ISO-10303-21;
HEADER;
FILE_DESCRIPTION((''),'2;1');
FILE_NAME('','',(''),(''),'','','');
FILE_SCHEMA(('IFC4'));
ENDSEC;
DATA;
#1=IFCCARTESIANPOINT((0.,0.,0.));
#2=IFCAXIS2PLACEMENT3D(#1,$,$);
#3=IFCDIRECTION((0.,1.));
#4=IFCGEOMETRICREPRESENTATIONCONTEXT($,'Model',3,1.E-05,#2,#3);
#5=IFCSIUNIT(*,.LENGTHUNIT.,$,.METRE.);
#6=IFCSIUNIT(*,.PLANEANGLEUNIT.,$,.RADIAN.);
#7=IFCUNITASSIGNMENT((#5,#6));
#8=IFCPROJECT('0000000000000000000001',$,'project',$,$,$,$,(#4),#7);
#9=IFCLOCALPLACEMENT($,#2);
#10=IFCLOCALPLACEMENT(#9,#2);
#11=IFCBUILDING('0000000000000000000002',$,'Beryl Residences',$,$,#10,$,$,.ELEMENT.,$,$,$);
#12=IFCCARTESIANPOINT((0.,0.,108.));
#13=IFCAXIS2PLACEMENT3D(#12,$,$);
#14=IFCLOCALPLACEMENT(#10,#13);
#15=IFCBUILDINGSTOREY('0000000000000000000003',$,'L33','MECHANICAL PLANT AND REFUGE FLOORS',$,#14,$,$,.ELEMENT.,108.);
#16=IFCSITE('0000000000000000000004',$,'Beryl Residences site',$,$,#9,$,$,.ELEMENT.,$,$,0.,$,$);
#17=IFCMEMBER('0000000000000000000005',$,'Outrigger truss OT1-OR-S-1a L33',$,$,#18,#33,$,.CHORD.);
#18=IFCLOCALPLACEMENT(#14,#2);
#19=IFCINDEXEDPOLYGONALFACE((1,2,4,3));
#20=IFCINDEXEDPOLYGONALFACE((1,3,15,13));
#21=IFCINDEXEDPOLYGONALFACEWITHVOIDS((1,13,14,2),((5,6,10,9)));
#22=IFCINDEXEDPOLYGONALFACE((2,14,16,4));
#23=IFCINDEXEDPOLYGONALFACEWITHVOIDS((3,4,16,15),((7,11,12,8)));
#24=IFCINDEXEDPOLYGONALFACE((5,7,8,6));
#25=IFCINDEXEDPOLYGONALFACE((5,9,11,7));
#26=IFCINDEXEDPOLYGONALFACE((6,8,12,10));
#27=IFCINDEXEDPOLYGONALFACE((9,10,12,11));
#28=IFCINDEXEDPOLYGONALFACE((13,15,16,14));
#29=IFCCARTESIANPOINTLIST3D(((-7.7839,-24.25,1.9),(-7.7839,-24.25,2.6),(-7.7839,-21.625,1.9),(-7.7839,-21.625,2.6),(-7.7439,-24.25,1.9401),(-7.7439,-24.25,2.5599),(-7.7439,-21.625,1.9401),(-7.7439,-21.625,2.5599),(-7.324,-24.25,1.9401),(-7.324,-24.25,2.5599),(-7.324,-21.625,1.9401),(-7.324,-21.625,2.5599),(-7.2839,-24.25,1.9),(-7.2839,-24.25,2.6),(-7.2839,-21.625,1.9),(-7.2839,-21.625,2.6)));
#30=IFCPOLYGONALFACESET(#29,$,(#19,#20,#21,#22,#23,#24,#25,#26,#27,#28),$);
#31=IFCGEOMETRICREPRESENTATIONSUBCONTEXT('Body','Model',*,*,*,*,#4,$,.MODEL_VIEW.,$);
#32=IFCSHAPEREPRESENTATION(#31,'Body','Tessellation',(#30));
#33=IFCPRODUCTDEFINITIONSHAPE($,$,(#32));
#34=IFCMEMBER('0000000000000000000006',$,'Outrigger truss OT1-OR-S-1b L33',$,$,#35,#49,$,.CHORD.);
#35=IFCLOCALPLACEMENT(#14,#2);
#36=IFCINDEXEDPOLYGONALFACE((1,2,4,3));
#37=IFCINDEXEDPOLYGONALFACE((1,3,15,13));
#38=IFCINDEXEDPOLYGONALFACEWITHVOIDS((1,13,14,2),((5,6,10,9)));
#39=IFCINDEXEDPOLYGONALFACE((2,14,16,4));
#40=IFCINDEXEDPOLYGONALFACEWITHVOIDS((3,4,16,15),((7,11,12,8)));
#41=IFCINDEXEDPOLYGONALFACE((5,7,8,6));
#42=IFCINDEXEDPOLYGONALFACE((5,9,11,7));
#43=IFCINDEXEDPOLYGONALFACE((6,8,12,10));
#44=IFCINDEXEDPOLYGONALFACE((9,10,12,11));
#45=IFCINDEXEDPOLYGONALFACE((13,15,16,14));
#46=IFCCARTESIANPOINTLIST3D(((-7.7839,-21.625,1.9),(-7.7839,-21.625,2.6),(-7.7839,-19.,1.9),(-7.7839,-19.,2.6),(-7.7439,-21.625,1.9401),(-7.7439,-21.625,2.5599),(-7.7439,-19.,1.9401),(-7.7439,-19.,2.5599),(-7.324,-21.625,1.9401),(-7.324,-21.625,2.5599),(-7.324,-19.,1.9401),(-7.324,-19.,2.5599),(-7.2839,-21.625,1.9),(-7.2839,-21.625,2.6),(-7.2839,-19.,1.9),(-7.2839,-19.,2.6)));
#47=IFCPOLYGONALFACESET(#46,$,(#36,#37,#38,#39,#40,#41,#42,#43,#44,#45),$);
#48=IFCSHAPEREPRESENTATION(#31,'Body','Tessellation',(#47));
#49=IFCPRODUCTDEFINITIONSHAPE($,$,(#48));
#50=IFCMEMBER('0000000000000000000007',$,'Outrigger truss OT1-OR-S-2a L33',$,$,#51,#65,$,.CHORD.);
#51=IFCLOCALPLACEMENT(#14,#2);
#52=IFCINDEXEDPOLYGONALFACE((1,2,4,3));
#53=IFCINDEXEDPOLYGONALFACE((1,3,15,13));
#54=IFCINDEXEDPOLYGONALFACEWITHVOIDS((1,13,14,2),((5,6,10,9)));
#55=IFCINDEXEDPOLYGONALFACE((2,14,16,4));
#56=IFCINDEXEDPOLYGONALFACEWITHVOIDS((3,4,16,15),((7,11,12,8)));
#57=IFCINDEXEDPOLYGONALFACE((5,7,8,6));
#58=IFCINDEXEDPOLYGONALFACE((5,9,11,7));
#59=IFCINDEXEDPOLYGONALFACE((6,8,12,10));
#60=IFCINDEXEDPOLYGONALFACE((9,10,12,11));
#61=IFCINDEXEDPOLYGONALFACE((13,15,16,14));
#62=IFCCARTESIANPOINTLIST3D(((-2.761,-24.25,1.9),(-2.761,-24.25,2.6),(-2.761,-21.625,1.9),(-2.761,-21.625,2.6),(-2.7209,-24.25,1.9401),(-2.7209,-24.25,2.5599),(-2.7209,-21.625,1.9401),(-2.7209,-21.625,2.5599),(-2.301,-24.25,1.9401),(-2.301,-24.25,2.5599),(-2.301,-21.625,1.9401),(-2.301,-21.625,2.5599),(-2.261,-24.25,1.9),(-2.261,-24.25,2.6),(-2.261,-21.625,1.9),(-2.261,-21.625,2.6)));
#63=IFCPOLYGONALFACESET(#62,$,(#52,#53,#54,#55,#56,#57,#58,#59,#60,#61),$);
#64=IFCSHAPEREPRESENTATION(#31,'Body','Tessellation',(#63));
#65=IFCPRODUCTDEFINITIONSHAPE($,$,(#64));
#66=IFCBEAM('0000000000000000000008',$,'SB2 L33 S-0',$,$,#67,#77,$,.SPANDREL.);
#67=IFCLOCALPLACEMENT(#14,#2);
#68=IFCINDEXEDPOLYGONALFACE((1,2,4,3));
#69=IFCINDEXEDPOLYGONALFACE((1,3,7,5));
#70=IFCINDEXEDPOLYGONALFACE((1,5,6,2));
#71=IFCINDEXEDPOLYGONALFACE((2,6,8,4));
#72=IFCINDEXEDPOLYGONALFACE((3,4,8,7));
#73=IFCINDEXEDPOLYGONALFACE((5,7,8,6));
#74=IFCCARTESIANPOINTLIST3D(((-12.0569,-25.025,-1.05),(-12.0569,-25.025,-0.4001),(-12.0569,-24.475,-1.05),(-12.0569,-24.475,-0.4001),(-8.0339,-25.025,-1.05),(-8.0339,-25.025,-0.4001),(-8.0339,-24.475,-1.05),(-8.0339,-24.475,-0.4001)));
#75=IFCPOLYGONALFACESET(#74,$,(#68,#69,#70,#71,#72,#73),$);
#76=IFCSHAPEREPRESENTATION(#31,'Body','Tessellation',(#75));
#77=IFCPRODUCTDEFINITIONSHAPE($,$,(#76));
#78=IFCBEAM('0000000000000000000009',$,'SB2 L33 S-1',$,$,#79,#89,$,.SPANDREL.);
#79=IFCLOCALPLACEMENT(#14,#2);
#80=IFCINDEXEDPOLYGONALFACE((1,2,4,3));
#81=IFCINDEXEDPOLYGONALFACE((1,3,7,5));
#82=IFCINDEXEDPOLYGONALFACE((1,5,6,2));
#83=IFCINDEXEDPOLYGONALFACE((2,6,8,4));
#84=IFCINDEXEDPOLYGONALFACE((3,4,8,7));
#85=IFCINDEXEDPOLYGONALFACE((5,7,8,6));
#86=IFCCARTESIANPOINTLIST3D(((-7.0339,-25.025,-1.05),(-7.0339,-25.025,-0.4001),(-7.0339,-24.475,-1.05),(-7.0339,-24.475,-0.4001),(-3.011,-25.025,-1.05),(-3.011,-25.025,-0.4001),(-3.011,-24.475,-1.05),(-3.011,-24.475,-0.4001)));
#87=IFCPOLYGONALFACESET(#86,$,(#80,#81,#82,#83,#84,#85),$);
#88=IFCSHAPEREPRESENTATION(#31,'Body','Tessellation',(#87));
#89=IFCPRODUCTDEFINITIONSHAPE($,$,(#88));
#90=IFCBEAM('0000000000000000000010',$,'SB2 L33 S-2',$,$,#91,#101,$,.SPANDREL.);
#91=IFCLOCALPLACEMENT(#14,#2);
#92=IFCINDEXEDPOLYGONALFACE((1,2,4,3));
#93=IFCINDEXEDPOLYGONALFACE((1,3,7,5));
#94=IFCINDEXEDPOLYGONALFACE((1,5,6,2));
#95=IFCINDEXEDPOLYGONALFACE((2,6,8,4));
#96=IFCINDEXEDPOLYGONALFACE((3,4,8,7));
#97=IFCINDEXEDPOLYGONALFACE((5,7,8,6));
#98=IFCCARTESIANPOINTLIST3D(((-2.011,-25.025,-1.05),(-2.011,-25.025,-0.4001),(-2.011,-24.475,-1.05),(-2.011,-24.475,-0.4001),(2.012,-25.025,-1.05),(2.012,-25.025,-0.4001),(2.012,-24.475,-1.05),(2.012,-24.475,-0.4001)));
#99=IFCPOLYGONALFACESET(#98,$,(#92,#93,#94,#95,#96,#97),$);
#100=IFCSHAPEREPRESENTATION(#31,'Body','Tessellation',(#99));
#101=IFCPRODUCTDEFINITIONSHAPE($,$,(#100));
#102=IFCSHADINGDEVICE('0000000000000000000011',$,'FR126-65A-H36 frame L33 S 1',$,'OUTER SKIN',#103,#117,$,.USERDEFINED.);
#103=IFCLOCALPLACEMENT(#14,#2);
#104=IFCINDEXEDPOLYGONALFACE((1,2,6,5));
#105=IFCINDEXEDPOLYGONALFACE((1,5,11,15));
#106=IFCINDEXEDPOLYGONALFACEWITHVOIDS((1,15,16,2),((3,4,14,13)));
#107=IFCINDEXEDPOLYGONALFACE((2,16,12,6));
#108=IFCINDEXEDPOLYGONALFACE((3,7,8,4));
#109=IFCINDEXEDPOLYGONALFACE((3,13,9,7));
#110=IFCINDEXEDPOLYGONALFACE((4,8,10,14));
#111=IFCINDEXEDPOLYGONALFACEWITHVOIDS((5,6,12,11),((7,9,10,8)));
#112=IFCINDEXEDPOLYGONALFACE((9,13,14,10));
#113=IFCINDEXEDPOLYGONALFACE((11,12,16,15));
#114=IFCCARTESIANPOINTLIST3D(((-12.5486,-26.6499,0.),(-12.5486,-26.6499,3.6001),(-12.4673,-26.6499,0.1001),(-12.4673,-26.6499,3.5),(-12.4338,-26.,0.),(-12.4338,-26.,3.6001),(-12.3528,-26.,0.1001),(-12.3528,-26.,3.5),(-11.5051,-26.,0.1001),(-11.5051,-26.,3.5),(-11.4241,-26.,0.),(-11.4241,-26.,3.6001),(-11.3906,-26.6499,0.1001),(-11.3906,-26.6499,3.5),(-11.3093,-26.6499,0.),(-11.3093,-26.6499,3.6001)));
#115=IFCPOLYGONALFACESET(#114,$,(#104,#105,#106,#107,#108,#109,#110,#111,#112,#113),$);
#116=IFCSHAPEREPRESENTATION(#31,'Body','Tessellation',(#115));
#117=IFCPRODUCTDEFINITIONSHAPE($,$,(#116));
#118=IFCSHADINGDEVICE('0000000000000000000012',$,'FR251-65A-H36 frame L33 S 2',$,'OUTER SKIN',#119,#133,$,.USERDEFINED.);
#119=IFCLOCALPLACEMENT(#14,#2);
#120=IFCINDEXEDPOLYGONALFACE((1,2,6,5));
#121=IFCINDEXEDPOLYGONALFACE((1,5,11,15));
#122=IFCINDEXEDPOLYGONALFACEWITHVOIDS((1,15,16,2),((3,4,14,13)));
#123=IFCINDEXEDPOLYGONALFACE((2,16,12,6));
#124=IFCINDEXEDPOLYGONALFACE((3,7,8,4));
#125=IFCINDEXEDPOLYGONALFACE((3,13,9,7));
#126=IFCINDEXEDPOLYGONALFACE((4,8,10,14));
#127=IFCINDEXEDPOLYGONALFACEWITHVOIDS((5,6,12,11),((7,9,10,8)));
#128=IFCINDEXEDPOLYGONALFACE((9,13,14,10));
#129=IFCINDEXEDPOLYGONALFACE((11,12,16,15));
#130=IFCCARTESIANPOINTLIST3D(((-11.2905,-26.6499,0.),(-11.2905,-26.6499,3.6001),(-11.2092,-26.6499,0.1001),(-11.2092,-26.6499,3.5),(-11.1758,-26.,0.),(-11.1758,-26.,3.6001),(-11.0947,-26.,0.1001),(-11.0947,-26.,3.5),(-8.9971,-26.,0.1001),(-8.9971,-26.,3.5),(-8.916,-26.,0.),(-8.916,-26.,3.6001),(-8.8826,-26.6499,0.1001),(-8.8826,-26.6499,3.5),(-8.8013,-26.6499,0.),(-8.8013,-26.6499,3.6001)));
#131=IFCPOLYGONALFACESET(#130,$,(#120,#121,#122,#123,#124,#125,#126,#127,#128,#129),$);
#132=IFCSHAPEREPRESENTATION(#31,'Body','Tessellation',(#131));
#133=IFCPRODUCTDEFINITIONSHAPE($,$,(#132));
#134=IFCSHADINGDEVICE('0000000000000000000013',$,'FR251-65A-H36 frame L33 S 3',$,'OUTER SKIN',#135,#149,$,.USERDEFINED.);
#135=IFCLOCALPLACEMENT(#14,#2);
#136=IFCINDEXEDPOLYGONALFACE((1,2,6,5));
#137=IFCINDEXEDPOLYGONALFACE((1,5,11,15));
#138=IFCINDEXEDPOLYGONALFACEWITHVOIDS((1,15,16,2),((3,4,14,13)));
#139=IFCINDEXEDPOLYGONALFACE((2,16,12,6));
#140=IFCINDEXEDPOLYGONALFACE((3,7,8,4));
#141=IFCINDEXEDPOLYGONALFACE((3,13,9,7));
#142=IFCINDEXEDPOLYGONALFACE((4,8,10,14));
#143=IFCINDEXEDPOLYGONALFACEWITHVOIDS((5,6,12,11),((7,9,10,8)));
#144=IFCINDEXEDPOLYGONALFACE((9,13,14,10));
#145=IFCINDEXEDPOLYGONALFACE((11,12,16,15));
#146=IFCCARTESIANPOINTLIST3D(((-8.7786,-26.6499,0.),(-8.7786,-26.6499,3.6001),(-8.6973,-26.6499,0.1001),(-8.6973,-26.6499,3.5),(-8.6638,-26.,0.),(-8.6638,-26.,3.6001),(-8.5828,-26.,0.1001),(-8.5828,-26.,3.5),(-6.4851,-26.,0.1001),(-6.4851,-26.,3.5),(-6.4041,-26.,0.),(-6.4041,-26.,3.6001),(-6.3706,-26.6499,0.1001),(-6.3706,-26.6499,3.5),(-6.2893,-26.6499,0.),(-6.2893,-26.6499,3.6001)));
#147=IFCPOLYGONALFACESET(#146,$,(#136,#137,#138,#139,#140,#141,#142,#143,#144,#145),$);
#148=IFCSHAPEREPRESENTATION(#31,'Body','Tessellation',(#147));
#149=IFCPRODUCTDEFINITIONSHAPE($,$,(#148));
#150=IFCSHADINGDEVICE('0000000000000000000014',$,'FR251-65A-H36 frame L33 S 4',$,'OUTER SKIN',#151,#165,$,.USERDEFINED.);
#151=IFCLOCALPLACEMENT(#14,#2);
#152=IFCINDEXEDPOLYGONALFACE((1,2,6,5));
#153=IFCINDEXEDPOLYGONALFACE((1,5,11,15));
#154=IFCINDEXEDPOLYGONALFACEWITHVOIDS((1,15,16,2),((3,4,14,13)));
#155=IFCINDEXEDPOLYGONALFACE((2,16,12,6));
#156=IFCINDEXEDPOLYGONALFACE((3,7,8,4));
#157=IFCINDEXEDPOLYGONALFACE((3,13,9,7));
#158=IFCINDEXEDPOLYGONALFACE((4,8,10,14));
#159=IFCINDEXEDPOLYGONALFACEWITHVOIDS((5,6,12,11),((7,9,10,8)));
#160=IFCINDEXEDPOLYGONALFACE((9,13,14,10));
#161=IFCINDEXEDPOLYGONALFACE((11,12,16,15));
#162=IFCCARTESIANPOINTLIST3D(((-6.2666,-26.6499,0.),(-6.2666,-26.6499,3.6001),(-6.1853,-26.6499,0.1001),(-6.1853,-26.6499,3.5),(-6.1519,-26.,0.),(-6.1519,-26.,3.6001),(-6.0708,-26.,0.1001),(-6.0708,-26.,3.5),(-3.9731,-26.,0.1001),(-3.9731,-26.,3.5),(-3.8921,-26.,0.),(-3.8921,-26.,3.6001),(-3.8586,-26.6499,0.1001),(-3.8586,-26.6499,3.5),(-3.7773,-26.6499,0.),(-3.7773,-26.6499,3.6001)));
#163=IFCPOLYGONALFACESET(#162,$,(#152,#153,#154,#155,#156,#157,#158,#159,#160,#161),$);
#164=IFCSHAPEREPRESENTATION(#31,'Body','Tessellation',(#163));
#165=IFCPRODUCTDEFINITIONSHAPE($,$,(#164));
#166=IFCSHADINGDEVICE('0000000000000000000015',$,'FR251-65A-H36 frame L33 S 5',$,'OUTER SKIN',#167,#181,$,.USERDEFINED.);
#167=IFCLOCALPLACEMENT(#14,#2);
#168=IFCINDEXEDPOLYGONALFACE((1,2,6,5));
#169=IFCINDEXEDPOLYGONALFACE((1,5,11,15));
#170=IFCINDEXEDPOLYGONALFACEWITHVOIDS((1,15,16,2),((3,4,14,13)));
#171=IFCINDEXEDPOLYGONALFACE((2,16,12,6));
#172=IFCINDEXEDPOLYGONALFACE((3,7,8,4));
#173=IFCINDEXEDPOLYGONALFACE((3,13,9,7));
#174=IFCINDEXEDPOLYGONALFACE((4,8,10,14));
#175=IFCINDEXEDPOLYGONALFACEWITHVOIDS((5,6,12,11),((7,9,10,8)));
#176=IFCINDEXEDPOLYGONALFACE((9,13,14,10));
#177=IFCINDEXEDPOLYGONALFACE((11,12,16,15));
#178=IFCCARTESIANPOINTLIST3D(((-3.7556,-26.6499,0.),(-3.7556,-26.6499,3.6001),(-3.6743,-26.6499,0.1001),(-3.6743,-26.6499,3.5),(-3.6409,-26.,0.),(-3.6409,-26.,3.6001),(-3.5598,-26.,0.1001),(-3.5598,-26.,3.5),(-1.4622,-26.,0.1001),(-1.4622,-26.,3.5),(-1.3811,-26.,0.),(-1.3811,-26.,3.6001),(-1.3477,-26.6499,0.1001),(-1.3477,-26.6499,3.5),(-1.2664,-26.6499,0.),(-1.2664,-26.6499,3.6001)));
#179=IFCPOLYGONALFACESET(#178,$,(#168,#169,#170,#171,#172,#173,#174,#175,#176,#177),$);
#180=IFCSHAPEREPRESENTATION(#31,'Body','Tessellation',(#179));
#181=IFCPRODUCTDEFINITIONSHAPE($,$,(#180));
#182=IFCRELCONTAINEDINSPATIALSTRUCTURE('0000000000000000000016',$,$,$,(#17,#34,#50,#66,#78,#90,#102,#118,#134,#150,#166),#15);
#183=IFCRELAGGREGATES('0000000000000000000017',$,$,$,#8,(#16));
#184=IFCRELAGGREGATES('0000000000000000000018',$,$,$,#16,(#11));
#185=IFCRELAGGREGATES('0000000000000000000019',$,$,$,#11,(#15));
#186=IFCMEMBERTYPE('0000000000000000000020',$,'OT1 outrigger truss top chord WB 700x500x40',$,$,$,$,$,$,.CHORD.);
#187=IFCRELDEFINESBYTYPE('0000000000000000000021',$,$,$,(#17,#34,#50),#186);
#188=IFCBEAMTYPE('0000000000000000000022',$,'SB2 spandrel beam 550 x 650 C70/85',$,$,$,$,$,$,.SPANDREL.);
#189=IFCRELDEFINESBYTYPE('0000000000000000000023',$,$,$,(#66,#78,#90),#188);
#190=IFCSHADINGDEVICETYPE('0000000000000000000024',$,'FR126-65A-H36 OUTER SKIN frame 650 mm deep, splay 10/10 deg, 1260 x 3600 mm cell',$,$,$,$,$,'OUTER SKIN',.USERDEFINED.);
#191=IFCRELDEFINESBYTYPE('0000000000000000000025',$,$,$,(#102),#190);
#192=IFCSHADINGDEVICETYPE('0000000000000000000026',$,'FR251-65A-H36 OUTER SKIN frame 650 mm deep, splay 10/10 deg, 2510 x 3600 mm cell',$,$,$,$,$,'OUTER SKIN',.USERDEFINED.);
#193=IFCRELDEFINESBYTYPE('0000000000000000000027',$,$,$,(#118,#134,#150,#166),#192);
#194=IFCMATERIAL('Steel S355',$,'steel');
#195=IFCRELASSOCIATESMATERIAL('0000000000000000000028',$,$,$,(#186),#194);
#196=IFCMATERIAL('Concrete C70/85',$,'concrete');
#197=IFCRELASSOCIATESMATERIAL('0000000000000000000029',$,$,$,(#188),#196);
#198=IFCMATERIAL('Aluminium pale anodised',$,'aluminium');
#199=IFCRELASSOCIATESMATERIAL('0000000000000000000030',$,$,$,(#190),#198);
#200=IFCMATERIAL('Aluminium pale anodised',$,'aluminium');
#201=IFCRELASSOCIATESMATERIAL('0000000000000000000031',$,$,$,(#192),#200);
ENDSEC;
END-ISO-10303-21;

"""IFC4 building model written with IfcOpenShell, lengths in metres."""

from ifc_helpers import new_model, entity, si_unit, direction, frame, origin, origin_2d, place, context, subcontext, project, spatial, rectangle, hollow_rectangle, extrude, source, transform, mapped, material, material_profile, profile_set, type_object, type_shapes, element, save


model = new_model("IFC4")

# Units and contexts
model_context = context("Model", 3, precision=1e-05, world=origin(), true_north=direction((0.0, 1.0)))
body_context = subcontext(model_context, "Body", "Model", "MODEL_VIEW")
ifc_project = project(units=[si_unit("LENGTHUNIT", "METRE"), si_unit("PLANEANGLEUNIT", "RADIAN")], contexts=[model_context])

# Site, building, storey
site_placement = place(None, origin())
site = spatial("IfcSite", under=ifc_project, at=site_placement, Name="Beryl Residences site", CompositionType="ELEMENT", RefElevation=0.0)
building_placement = place(site_placement, origin())
building = spatial("IfcBuilding", under=site, at=building_placement, Name="Beryl Residences", CompositionType="ELEMENT")
storey_placement = place(building_placement, frame((0.0, 0.0, 108.0)))
storey = spatial("IfcBuildingStorey", under=building, at=storey_placement, Name="L33", Description="MECHANICAL PLANT AND REFUGE FLOORS", CompositionType="ELEMENT", Elevation=108.0)

# Members
ifc_material_1 = material(Name="Steel S355", Category="steel")
ifc_material_profile_1 = material_profile(ifc_material_1, hollow_rectangle(XDim=0.5, YDim=0.7, WallThickness=0.04, at=origin_2d()))
ifc_profile_set_1 = profile_set([ifc_material_profile_1], Name="Steel S355")
member_type_1 = type_object("IfcMemberType", Name="OT1 outrigger truss top chord WB 700x500x40", PredefinedType="CHORD", material=ifc_profile_set_1)
for number, where, z_axis, x_axis, name in (
    (1, (-7.5339, -24.25, 2.25), (0.0, 1.0, 0.0), (-1.0, 0.0, 0.0), "Outrigger truss OT1-OR-S-1a L33"),
    (2, (-7.5339, -21.625, 2.25), (0.0, 1.0, 0.0), (-1.0, 0.0, 0.0), "Outrigger truss OT1-OR-S-1b L33"),
    (3, (-2.511, -24.25, 2.25), (0.0, 1.0, 0.0), (-1.0, 0.0, 0.0), "Outrigger truss OT1-OR-S-2a L33"),
):
    element("IfcMember", number, at=place(storey_placement, frame(where, z_axis=z_axis, x_axis=x_axis)), inside=storey, type_object=member_type_1, Name=name, PredefinedType="CHORD", context=body_context, shape_type="SweptSolid", body=[
        extrude(hollow_rectangle(XDim=0.5, YDim=0.7, WallThickness=0.04, at=origin_2d()), origin(), (0.0, 0.0, 1.0), 2.625),
    ])

# Beams
ifc_material_2 = material(Name="Concrete C70/85", Category="concrete")
ifc_material_profile_2 = material_profile(ifc_material_2, rectangle(XDim=0.55, YDim=0.6499, at=origin_2d()))
ifc_profile_set_2 = profile_set([ifc_material_profile_2], Name="Concrete C70/85")
beam_type = type_object("IfcBeamType", Name="SB2 spandrel beam 550 x 650 C70/85", PredefinedType="SPANDREL", material=ifc_profile_set_2)
for number, where, z_axis, x_axis, name in (
    (4, (-12.0569, -24.75, -0.7251), (1.0, 0.0, 0.0), (0.0, 1.0, 0.0), "SB2 L33 S-0"),
    (5, (-7.0339, -24.75, -0.7251), (1.0, 0.0, 0.0), (0.0, 1.0, 0.0), "SB2 L33 S-1"),
    (6, (-2.011, -24.75, -0.7251), (1.0, 0.0, 0.0), (0.0, 1.0, 0.0), "SB2 L33 S-2"),
):
    element("IfcBeam", number, at=place(storey_placement, frame(where, z_axis=z_axis, x_axis=x_axis)), inside=storey, type_object=beam_type, Name=name, PredefinedType="SPANDREL", context=body_context, shape_type="SweptSolid", body=[
        extrude(rectangle(XDim=0.55, YDim=0.6499, at=origin_2d()), origin(), (0.0, 0.0, 1.0), 4.0229),
    ])

# Shading devices
ifc_material_3 = material(Name="Aluminium pale anodised", Category="aluminium")
shading_device_type_1 = type_object("IfcShadingDeviceType", Name="FR126-65A-H36 OUTER SKIN frame 650 mm deep, splay 10/10 deg, 1260 x 3600 mm cell", ElementType="OUTER SKIN", PredefinedType="USERDEFINED", material=ifc_material_3)
cartesian_point_1 = entity("IfcCartesianPoint", [-0.5049, 0.0])
cartesian_point_2 = entity("IfcCartesianPoint", [-0.4238, 0.1001])
cartesian_point_3 = entity("IfcCartesianPoint", [-0.6196, 0.0])
cartesian_point_4 = entity("IfcCartesianPoint", [-0.5383, 0.1001])
shared_shape_1 = source(origin(), body_context, "Body", "SweptSolid", [
    entity("IfcExtrudedAreaSolidTapered", entity("IfcArbitraryProfileDefWithVoids", "AREA", None, entity("IfcPolyline", [cartesian_point_1, entity("IfcCartesianPoint", [0.5049, 0.0]), entity("IfcCartesianPoint", [0.5049, 3.6001]), entity("IfcCartesianPoint", [-0.5049, 3.6001]), cartesian_point_1]), [entity("IfcPolyline", [cartesian_point_2, entity("IfcCartesianPoint", [0.4238, 0.1001]), entity("IfcCartesianPoint", [0.4238, 3.5]), entity("IfcCartesianPoint", [-0.4238, 3.5]), cartesian_point_2])]), entity("IfcAxis2Placement3D", entity("IfcCartesianPoint", [0.0, 0.0, 0.0]), entity("IfcDirection", [0.0, 1.0, 0.0]), entity("IfcDirection", [-1.0, 0.0, 0.0])), entity("IfcDirection", [0.0, 0.0, 1.0]), 0.6499, entity("IfcArbitraryProfileDefWithVoids", "AREA", None, entity("IfcPolyline", [cartesian_point_3, entity("IfcCartesianPoint", [0.6196, 0.0]), entity("IfcCartesianPoint", [0.6196, 3.6001]), entity("IfcCartesianPoint", [-0.6196, 3.6001]), cartesian_point_3]), [entity("IfcPolyline", [cartesian_point_4, entity("IfcCartesianPoint", [0.5383, 0.1001]), entity("IfcCartesianPoint", [0.5383, 3.5]), entity("IfcCartesianPoint", [-0.5383, 3.5]), cartesian_point_4])])),
])
type_shapes(shading_device_type_1, [shared_shape_1])
shading_device_placement = place(storey_placement, frame((-11.929, -26.0, 0.0), z_axis=(0.0, 0.0, 1.0), x_axis=(-1.0, 0.0, 0.0)))
element("IfcShadingDevice", 7, at=shading_device_placement, inside=storey, type_object=shading_device_type_1, Name="FR126-65A-H36 frame L33 S 1", ObjectType="OUTER SKIN", PredefinedType="USERDEFINED", context=body_context, shape_type="MappedRepresentation", body=[
    mapped(shared_shape_1, transform((0.0, 0.0, 0.0))),
])
ifc_material_4 = material(Name="Aluminium pale anodised", Category="aluminium")
shading_device_type_2 = type_object("IfcShadingDeviceType", Name="FR251-65A-H36 OUTER SKIN frame 650 mm deep, splay 10/10 deg, 2510 x 3600 mm cell", ElementType="OUTER SKIN", PredefinedType="USERDEFINED", material=ifc_material_4)
cartesian_point_5 = entity("IfcCartesianPoint", [-1.1299, 0.0])
cartesian_point_6 = entity("IfcCartesianPoint", [-1.0488, 0.1001])
cartesian_point_7 = entity("IfcCartesianPoint", [-1.2446, 0.0])
cartesian_point_8 = entity("IfcCartesianPoint", [-1.1633, 0.1001])
shared_shape_2 = source(origin(), body_context, "Body", "SweptSolid", [
    entity("IfcExtrudedAreaSolidTapered", entity("IfcArbitraryProfileDefWithVoids", "AREA", None, entity("IfcPolyline", [cartesian_point_5, entity("IfcCartesianPoint", [1.1299, 0.0]), entity("IfcCartesianPoint", [1.1299, 3.6001]), entity("IfcCartesianPoint", [-1.1299, 3.6001]), cartesian_point_5]), [entity("IfcPolyline", [cartesian_point_6, entity("IfcCartesianPoint", [1.0488, 0.1001]), entity("IfcCartesianPoint", [1.0488, 3.5]), entity("IfcCartesianPoint", [-1.0488, 3.5]), cartesian_point_6])]), entity("IfcAxis2Placement3D", entity("IfcCartesianPoint", [0.0, 0.0, 0.0]), entity("IfcDirection", [0.0, 1.0, 0.0]), entity("IfcDirection", [-1.0, 0.0, 0.0])), entity("IfcDirection", [0.0, 0.0, 1.0]), 0.6499, entity("IfcArbitraryProfileDefWithVoids", "AREA", None, entity("IfcPolyline", [cartesian_point_7, entity("IfcCartesianPoint", [1.2446, 0.0]), entity("IfcCartesianPoint", [1.2446, 3.6001]), entity("IfcCartesianPoint", [-1.2446, 3.6001]), cartesian_point_7]), [entity("IfcPolyline", [cartesian_point_8, entity("IfcCartesianPoint", [1.1633, 0.1001]), entity("IfcCartesianPoint", [1.1633, 3.5]), entity("IfcCartesianPoint", [-1.1633, 3.5]), cartesian_point_8])])),
])
type_shapes(shading_device_type_2, [shared_shape_2])
for number, where, z_axis, x_axis, name in (
    (8, (-10.0459, -26.0, 0.0), (0.0, 0.0, 1.0), (-1.0, 0.0, 0.0), "FR251-65A-H36 frame L33 S 2"),
    (9, (-7.5339, -26.0, 0.0), (0.0, 0.0, 1.0), (-1.0, 0.0, 0.0), "FR251-65A-H36 frame L33 S 3"),
    (10, (-5.022, -26.0, 0.0), (0.0, 0.0, 1.0), (-1.0, 0.0, 0.0), "FR251-65A-H36 frame L33 S 4"),
    (11, (-2.511, -26.0, 0.0), (0.0, 0.0, 1.0), (-1.0, 0.0, 0.0), "FR251-65A-H36 frame L33 S 5"),
):
    element("IfcShadingDevice", number, at=place(storey_placement, frame(where, z_axis=z_axis, x_axis=x_axis)), inside=storey, type_object=shading_device_type_2, Name=name, ObjectType="OUTER SKIN", PredefinedType="USERDEFINED", context=body_context, shape_type="MappedRepresentation", body=[
        mapped(shared_shape_2, transform((0.0, 0.0, 0.0))),
    ])

save(model, "model.ifc")
